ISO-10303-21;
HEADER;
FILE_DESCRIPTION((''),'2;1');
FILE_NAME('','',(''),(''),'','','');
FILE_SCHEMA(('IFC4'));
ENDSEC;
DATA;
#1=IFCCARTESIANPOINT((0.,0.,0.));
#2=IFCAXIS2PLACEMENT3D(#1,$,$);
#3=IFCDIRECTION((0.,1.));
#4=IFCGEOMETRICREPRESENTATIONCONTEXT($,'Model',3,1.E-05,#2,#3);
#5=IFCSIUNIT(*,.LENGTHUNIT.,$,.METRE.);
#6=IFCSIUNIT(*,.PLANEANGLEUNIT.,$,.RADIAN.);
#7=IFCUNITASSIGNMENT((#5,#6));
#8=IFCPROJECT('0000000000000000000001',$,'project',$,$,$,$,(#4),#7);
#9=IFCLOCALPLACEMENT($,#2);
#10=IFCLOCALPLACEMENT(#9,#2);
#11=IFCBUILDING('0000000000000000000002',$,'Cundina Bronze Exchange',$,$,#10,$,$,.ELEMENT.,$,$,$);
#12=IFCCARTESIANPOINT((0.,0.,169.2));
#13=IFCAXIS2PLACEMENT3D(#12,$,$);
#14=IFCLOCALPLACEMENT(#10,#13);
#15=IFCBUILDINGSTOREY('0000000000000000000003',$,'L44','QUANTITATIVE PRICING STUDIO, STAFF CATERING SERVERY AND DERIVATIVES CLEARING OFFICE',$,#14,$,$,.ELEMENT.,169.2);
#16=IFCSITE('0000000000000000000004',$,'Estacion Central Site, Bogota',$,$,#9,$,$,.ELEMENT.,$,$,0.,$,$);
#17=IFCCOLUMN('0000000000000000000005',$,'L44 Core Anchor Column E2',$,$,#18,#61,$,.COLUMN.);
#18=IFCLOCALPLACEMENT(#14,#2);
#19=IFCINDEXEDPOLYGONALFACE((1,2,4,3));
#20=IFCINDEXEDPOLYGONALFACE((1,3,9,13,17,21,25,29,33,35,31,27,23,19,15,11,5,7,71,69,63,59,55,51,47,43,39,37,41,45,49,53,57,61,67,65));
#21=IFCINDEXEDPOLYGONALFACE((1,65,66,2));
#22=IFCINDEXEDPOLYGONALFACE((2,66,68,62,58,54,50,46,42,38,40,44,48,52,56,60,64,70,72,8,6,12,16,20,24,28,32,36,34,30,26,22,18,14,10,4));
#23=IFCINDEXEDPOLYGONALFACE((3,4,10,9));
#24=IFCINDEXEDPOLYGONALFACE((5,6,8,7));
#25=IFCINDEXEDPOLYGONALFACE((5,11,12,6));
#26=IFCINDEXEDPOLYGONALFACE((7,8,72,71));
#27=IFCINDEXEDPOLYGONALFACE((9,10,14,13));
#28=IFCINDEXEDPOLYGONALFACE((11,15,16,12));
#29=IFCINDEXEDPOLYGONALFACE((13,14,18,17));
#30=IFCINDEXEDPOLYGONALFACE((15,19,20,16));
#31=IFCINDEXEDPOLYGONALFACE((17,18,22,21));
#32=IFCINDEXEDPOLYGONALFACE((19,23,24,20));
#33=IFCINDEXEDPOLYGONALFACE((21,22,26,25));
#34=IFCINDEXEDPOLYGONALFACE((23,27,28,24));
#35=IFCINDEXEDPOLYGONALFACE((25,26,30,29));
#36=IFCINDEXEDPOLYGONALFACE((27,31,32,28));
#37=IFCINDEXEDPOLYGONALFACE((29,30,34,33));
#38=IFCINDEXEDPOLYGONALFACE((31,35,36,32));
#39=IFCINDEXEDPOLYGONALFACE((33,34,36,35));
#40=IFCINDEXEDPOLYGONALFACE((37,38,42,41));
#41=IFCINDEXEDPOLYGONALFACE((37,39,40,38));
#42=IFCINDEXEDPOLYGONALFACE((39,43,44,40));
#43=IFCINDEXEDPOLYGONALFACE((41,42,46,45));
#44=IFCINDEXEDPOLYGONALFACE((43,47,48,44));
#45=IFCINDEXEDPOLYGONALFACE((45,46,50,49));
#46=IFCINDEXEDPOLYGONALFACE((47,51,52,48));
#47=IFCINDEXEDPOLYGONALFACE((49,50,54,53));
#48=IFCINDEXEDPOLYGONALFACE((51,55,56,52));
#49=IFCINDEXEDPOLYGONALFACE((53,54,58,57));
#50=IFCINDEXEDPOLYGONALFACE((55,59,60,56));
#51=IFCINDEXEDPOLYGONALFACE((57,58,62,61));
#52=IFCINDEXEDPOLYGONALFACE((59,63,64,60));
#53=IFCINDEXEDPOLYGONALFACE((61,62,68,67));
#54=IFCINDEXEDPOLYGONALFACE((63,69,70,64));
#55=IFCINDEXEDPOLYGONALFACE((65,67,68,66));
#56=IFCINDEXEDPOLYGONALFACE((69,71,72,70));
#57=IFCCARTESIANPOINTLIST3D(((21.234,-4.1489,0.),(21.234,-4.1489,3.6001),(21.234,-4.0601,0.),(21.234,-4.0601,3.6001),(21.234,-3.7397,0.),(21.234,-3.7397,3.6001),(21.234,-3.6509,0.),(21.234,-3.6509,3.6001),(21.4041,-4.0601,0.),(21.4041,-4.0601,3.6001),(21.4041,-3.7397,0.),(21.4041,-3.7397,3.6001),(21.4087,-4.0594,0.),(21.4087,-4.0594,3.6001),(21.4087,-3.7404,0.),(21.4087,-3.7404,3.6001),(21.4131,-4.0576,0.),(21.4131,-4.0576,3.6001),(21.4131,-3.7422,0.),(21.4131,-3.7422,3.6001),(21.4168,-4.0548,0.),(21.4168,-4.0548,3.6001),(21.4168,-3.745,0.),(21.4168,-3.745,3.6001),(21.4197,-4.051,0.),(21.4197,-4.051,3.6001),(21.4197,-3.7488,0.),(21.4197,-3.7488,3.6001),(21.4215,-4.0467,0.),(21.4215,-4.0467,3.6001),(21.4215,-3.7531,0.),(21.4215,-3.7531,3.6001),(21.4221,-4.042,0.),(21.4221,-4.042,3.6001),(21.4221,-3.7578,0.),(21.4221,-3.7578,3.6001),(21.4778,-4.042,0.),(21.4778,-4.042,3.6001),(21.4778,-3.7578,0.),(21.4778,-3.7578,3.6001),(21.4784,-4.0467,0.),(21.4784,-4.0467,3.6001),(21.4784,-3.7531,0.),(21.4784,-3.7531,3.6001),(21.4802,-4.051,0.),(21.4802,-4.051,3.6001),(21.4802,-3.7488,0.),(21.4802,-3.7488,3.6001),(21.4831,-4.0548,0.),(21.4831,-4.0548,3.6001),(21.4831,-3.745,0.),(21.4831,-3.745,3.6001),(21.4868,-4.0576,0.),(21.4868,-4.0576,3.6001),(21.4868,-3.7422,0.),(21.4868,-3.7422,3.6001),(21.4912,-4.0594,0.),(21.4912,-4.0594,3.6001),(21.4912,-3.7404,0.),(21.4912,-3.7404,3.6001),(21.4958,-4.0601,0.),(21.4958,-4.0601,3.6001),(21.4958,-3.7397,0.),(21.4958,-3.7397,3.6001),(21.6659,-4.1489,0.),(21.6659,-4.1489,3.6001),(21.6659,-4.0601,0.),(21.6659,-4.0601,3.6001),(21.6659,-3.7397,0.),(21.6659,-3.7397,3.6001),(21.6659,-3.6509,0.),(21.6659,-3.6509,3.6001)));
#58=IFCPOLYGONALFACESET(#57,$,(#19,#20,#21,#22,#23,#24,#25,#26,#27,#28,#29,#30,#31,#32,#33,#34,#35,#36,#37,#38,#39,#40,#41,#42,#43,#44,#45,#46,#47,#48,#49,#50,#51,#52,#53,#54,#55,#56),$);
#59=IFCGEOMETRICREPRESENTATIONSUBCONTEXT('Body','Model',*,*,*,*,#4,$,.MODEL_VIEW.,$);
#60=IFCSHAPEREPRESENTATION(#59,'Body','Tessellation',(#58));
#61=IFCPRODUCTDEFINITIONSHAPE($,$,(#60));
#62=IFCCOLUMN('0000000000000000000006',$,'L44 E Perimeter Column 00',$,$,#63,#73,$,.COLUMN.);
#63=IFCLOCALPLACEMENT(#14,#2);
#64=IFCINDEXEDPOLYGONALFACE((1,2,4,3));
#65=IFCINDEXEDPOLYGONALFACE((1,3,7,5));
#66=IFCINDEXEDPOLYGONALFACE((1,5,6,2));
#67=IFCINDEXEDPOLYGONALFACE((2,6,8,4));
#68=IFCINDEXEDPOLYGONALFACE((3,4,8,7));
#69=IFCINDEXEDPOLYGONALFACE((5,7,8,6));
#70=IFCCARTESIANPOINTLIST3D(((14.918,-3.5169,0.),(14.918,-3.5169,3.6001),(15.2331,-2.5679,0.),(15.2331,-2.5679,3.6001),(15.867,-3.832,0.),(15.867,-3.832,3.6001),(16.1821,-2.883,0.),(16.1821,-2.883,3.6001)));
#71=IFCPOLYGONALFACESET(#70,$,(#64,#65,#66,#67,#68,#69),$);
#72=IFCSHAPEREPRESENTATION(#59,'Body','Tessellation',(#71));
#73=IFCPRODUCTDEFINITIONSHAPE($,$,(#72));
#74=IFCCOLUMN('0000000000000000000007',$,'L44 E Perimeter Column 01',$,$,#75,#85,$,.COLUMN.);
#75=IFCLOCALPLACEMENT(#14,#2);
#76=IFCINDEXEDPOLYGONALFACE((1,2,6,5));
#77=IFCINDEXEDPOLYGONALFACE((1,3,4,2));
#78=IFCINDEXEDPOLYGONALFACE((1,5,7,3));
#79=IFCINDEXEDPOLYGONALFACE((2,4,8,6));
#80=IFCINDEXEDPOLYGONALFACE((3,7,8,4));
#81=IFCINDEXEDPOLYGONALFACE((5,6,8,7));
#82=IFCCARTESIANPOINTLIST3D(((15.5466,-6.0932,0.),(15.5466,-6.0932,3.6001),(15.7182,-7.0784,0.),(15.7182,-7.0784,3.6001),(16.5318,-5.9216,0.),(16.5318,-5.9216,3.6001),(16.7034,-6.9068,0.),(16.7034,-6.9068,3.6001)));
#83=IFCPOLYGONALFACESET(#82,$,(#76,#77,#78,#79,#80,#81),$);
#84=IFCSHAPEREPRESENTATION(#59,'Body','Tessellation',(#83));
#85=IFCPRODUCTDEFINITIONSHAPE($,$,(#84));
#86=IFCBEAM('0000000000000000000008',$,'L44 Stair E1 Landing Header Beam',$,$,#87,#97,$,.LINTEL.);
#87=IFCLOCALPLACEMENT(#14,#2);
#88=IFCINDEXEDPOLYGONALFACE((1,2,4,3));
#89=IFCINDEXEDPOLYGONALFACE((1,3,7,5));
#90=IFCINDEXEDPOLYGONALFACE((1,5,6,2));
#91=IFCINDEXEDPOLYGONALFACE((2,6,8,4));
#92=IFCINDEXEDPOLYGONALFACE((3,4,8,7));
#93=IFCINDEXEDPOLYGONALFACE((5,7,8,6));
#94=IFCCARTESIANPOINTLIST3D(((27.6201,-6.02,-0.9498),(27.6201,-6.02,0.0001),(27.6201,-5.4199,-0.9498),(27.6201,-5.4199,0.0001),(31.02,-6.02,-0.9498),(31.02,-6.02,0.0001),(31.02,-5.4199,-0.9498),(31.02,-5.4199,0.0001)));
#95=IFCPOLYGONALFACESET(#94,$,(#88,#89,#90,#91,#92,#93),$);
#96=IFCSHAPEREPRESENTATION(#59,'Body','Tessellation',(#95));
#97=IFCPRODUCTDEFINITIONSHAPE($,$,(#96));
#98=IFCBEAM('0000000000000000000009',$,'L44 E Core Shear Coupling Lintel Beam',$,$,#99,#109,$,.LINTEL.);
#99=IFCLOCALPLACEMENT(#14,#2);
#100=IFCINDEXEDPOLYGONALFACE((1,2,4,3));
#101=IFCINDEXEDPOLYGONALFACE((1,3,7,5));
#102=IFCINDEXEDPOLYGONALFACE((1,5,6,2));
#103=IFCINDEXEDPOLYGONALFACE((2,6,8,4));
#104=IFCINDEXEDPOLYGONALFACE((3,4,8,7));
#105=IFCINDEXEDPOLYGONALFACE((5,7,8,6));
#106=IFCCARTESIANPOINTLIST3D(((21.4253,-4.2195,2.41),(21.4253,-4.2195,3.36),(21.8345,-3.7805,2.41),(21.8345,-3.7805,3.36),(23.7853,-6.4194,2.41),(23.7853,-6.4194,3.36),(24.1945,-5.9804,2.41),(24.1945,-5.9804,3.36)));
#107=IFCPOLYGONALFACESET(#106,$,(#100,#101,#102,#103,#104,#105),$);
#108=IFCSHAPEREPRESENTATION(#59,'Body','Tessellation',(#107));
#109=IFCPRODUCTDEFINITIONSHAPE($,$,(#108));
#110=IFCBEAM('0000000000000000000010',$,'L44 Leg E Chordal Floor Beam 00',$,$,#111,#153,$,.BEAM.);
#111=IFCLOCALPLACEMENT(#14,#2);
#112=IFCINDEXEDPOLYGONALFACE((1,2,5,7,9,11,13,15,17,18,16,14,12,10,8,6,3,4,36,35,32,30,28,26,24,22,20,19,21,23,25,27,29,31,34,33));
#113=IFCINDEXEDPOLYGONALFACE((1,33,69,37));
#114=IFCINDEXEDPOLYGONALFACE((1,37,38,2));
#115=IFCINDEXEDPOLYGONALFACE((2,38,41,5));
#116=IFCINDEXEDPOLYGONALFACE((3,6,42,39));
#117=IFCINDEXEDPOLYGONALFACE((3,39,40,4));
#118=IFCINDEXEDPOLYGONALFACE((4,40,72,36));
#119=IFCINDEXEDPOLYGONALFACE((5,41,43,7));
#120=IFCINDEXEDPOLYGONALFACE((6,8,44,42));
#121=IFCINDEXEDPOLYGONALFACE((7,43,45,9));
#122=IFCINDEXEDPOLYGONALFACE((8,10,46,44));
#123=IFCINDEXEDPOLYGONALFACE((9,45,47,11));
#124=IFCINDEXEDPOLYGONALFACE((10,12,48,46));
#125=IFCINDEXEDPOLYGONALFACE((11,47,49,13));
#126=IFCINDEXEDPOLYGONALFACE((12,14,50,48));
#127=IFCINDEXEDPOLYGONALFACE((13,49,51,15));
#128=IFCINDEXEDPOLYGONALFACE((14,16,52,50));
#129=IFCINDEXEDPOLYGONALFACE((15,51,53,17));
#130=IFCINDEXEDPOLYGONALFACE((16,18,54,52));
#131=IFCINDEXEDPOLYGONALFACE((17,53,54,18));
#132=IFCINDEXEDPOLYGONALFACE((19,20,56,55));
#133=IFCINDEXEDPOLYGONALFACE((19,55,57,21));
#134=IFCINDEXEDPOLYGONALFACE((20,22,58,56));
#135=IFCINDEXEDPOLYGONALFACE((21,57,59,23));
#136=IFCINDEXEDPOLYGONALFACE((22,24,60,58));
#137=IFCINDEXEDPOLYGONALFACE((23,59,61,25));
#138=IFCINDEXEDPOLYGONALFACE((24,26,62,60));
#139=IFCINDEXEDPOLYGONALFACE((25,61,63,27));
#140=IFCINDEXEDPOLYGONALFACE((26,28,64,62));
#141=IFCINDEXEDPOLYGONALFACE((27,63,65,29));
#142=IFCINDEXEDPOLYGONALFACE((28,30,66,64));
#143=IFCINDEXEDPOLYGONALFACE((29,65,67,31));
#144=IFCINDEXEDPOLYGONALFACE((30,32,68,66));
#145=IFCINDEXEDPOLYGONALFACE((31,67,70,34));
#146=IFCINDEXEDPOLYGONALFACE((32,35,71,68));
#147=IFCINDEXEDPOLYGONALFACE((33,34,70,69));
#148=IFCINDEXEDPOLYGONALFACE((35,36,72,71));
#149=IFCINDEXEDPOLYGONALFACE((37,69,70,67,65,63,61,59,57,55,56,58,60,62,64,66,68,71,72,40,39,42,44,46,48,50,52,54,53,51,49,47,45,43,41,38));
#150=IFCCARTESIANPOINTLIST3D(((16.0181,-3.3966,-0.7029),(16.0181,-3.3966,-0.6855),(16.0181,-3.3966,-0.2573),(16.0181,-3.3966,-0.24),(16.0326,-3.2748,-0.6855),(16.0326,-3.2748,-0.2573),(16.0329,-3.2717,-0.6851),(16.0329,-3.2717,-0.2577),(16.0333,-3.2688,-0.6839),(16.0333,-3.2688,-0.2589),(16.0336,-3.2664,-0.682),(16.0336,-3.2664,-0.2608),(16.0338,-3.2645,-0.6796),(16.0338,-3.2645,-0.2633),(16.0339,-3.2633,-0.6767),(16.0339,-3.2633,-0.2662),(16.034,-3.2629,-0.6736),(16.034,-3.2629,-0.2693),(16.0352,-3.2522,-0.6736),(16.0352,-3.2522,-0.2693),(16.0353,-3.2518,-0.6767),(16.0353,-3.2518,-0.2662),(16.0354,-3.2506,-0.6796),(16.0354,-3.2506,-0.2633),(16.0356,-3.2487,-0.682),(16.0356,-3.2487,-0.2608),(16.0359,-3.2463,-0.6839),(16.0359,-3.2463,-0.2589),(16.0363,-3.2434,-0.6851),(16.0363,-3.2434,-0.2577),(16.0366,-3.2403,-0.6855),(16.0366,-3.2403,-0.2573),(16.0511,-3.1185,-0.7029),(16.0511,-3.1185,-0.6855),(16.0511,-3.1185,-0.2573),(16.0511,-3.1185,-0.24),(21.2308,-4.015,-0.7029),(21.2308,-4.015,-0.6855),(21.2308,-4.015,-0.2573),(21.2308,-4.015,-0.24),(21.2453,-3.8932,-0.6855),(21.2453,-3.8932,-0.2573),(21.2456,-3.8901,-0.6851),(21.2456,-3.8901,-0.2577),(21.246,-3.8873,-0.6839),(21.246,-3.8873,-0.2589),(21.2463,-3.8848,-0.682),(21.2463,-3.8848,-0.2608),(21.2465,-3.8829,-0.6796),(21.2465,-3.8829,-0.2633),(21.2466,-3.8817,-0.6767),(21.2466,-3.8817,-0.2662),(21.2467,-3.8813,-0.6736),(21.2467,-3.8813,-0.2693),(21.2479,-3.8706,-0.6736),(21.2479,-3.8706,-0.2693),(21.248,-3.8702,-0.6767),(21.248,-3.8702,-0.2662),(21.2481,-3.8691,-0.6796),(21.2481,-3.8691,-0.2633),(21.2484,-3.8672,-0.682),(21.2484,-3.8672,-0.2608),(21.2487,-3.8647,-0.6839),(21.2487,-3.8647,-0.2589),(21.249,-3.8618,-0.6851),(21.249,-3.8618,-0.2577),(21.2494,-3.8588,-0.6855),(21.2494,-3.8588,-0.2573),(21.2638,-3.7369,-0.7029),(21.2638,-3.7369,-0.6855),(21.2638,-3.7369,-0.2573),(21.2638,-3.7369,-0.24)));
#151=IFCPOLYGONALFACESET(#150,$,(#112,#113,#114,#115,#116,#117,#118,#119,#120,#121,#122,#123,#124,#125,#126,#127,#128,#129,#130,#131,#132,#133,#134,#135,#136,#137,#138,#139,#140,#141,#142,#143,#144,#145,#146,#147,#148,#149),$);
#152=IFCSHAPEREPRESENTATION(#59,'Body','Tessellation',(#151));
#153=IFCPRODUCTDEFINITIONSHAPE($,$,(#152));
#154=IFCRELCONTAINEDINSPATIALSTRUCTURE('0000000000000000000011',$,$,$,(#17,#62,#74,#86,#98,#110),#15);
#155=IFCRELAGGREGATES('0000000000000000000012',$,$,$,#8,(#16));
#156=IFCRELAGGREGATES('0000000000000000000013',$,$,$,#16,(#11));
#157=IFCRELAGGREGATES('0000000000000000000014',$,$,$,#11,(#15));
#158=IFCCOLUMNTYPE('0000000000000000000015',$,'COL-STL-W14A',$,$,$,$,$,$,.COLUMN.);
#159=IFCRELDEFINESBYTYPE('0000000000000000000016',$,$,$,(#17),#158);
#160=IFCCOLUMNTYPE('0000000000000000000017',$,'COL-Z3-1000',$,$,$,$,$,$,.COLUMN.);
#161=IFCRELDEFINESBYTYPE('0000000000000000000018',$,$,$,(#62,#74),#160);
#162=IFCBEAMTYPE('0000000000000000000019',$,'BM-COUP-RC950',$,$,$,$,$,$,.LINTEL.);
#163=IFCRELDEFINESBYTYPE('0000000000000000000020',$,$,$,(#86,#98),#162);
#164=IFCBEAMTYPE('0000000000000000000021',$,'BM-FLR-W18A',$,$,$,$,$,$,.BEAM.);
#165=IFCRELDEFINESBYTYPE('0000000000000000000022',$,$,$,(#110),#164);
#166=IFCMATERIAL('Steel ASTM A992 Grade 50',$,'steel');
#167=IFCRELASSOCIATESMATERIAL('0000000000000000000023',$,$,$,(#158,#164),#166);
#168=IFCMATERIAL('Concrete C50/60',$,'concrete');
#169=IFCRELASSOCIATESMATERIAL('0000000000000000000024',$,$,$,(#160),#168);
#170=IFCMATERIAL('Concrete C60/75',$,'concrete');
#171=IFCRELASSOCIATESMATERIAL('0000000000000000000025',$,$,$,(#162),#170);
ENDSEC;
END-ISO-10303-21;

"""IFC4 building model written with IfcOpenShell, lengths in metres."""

from ifc_helpers import new_model, si_unit, direction, frame, origin, origin_2d, place, context, subcontext, project, spatial, rectangle, i_section, extrude, material, material_profile, profile_set, type_object, element, save


model = new_model("IFC4")

# Units and contexts
model_context = context("Model", 3, precision=1e-05, world=origin(), true_north=direction((0.0, 1.0)))
body_context = subcontext(model_context, "Body", "Model", "MODEL_VIEW")
ifc_project = project(units=[si_unit("LENGTHUNIT", "METRE"), si_unit("PLANEANGLEUNIT", "RADIAN")], contexts=[model_context])

# Site, building, storey
site_placement = place(None, origin())
site = spatial("IfcSite", under=ifc_project, at=site_placement, Name="Estacion Central Site, Bogota", CompositionType="ELEMENT", RefElevation=0.0)
building_placement = place(site_placement, origin())
building = spatial("IfcBuilding", under=site, at=building_placement, Name="Cundina Bronze Exchange", CompositionType="ELEMENT")
storey_placement = place(building_placement, frame((0.0, 0.0, 169.2)))
storey = spatial("IfcBuildingStorey", under=building, at=storey_placement, Name="L44", Description="QUANTITATIVE PRICING STUDIO, STAFF CATERING SERVERY AND DERIVATIVES CLEARING OFFICE", CompositionType="ELEMENT", Elevation=169.2)

# Columns
ifc_material_1 = material(Name="Steel ASTM A992 Grade 50", Category="steel")
ifc_material_profile_1 = material_profile(ifc_material_1, i_section(OverallWidth=0.4319, OverallDepth=0.498, WebThickness=0.0557, FlangeThickness=0.0889, FilletRadius=0.0181, at=origin_2d()), Name="W14X500", Category="steel")
ifc_profile_set_1 = profile_set([ifc_material_profile_1], Name="Steel ASTM A992 Grade 50")
column_type_1 = type_object("IfcColumnType", Name="COL-STL-W14A", PredefinedType="COLUMN", material=ifc_profile_set_1)
column_placement = place(storey_placement, frame((21.45, -3.8999, 0.0), z_axis=(0.0, 0.0, 1.0), x_axis=(1.0, 0.0, 0.0)))
element("IfcColumn", 1, at=column_placement, inside=storey, type_object=column_type_1, Name="L44 Core Anchor Column E2", PredefinedType="COLUMN", context=body_context, shape_type="SweptSolid", body=[
    extrude(i_section(OverallWidth=0.4319, OverallDepth=0.498, WebThickness=0.0557, FlangeThickness=0.0889, FilletRadius=0.0181, at=origin_2d()), origin(), (0.0, 0.0, 1.0), 3.6001),
])
ifc_material_2 = material(Name="Concrete C50/60", Category="concrete")
ifc_material_profile_2 = material_profile(ifc_material_2, rectangle(XDim=1.0, YDim=1.0, at=origin_2d()), Name="RC1000X1000", Category="concrete")
ifc_profile_set_2 = profile_set([ifc_material_profile_2], Name="Concrete C50/60")
column_type_2 = type_object("IfcColumnType", Name="COL-Z3-1000", PredefinedType="COLUMN", material=ifc_profile_set_2)
for number, where, z_axis, x_axis, name in (
    (2, (15.55, -3.2, 0.0), (0.0, 0.0, 1.0), (-0.315152, -0.949041, 0.0), "L44 E Perimeter Column 00"),
    (3, (16.125, -6.5, 0.0), (0.0, 0.0, 1.0), (0.171585, -0.985169, 0.0), "L44 E Perimeter Column 01"),
):
    element("IfcColumn", number, at=place(storey_placement, frame(where, z_axis=z_axis, x_axis=x_axis)), inside=storey, type_object=column_type_2, Name=name, PredefinedType="COLUMN", context=body_context, shape_type="SweptSolid", body=[
        extrude(rectangle(XDim=1.0, YDim=1.0, at=origin_2d()), origin(), (0.0, 0.0, 1.0), 3.6001),
    ])

# Beams
ifc_material_3 = material(Name="Concrete C60/75", Category="concrete")
ifc_material_profile_3 = material_profile(ifc_material_3, rectangle(XDim=0.6001, YDim=0.95, at=origin_2d()), Name="RC600X950", Category="concrete")
ifc_profile_set_3 = profile_set([ifc_material_profile_3], Name="Concrete C60/75")
beam_type_1 = type_object("IfcBeamType", Name="BM-COUP-RC950", PredefinedType="LINTEL", material=ifc_profile_set_3)
beam_1_placement = place(storey_placement, frame((27.6201, -5.72, -0.4749), z_axis=(1.0, 0.0, 0.0), x_axis=(0.0, 1.0, 0.0)))
element("IfcBeam", 4, at=beam_1_placement, inside=storey, type_object=beam_type_1, Name="L44 Stair E1 Landing Header Beam", PredefinedType="LINTEL", context=body_context, shape_type="SweptSolid", body=[
    extrude(rectangle(XDim=0.6001, YDim=0.95, at=origin_2d()), origin(), (0.0, 0.0, 1.0), 3.3999),
])
beam_2_placement = place(storey_placement, frame((21.6299, -4.0, 2.885), z_axis=(0.73149, -0.681852, 0.0), x_axis=(0.681852, 0.73149, 0.0)))
element("IfcBeam", 5, at=beam_2_placement, inside=storey, type_object=beam_type_1, Name="L44 E Core Shear Coupling Lintel Beam", PredefinedType="LINTEL", context=body_context, shape_type="SweptSolid", body=[
    extrude(rectangle(XDim=0.6001, YDim=0.95, at=origin_2d()), origin(), (0.0, 0.0, 1.0), 3.2263),
])
ifc_material_profile_4 = material_profile(ifc_material_1, i_section(OverallWidth=0.28, OverallDepth=0.4629, WebThickness=0.0107, FlangeThickness=0.0173, FilletRadius=0.012, at=origin_2d()), Name="W18X76", Category="steel")
ifc_profile_set_4 = profile_set([ifc_material_profile_4], Name="Steel ASTM A992 Grade 50")
beam_type_2 = type_object("IfcBeamType", Name="BM-FLR-W18A", PredefinedType="BEAM", material=ifc_profile_set_4)
beam_3_placement = place(storey_placement, frame((21.2473, -3.876, -0.4714), z_axis=(-0.993036, 0.11781, 0.0), x_axis=(-0.11781, -0.993036, 0.0)))
element("IfcBeam", 6, at=beam_3_placement, inside=storey, type_object=beam_type_2, Name="L44 Leg E Chordal Floor Beam 00", PredefinedType="BEAM", context=body_context, shape_type="SweptSolid", body=[
    extrude(i_section(OverallWidth=0.28, OverallDepth=0.4629, WebThickness=0.0107, FlangeThickness=0.0173, FilletRadius=0.012, at=origin_2d()), origin(), (0.0, 0.0, 1.0), 5.2493),
])

save(model, "model.ifc")
